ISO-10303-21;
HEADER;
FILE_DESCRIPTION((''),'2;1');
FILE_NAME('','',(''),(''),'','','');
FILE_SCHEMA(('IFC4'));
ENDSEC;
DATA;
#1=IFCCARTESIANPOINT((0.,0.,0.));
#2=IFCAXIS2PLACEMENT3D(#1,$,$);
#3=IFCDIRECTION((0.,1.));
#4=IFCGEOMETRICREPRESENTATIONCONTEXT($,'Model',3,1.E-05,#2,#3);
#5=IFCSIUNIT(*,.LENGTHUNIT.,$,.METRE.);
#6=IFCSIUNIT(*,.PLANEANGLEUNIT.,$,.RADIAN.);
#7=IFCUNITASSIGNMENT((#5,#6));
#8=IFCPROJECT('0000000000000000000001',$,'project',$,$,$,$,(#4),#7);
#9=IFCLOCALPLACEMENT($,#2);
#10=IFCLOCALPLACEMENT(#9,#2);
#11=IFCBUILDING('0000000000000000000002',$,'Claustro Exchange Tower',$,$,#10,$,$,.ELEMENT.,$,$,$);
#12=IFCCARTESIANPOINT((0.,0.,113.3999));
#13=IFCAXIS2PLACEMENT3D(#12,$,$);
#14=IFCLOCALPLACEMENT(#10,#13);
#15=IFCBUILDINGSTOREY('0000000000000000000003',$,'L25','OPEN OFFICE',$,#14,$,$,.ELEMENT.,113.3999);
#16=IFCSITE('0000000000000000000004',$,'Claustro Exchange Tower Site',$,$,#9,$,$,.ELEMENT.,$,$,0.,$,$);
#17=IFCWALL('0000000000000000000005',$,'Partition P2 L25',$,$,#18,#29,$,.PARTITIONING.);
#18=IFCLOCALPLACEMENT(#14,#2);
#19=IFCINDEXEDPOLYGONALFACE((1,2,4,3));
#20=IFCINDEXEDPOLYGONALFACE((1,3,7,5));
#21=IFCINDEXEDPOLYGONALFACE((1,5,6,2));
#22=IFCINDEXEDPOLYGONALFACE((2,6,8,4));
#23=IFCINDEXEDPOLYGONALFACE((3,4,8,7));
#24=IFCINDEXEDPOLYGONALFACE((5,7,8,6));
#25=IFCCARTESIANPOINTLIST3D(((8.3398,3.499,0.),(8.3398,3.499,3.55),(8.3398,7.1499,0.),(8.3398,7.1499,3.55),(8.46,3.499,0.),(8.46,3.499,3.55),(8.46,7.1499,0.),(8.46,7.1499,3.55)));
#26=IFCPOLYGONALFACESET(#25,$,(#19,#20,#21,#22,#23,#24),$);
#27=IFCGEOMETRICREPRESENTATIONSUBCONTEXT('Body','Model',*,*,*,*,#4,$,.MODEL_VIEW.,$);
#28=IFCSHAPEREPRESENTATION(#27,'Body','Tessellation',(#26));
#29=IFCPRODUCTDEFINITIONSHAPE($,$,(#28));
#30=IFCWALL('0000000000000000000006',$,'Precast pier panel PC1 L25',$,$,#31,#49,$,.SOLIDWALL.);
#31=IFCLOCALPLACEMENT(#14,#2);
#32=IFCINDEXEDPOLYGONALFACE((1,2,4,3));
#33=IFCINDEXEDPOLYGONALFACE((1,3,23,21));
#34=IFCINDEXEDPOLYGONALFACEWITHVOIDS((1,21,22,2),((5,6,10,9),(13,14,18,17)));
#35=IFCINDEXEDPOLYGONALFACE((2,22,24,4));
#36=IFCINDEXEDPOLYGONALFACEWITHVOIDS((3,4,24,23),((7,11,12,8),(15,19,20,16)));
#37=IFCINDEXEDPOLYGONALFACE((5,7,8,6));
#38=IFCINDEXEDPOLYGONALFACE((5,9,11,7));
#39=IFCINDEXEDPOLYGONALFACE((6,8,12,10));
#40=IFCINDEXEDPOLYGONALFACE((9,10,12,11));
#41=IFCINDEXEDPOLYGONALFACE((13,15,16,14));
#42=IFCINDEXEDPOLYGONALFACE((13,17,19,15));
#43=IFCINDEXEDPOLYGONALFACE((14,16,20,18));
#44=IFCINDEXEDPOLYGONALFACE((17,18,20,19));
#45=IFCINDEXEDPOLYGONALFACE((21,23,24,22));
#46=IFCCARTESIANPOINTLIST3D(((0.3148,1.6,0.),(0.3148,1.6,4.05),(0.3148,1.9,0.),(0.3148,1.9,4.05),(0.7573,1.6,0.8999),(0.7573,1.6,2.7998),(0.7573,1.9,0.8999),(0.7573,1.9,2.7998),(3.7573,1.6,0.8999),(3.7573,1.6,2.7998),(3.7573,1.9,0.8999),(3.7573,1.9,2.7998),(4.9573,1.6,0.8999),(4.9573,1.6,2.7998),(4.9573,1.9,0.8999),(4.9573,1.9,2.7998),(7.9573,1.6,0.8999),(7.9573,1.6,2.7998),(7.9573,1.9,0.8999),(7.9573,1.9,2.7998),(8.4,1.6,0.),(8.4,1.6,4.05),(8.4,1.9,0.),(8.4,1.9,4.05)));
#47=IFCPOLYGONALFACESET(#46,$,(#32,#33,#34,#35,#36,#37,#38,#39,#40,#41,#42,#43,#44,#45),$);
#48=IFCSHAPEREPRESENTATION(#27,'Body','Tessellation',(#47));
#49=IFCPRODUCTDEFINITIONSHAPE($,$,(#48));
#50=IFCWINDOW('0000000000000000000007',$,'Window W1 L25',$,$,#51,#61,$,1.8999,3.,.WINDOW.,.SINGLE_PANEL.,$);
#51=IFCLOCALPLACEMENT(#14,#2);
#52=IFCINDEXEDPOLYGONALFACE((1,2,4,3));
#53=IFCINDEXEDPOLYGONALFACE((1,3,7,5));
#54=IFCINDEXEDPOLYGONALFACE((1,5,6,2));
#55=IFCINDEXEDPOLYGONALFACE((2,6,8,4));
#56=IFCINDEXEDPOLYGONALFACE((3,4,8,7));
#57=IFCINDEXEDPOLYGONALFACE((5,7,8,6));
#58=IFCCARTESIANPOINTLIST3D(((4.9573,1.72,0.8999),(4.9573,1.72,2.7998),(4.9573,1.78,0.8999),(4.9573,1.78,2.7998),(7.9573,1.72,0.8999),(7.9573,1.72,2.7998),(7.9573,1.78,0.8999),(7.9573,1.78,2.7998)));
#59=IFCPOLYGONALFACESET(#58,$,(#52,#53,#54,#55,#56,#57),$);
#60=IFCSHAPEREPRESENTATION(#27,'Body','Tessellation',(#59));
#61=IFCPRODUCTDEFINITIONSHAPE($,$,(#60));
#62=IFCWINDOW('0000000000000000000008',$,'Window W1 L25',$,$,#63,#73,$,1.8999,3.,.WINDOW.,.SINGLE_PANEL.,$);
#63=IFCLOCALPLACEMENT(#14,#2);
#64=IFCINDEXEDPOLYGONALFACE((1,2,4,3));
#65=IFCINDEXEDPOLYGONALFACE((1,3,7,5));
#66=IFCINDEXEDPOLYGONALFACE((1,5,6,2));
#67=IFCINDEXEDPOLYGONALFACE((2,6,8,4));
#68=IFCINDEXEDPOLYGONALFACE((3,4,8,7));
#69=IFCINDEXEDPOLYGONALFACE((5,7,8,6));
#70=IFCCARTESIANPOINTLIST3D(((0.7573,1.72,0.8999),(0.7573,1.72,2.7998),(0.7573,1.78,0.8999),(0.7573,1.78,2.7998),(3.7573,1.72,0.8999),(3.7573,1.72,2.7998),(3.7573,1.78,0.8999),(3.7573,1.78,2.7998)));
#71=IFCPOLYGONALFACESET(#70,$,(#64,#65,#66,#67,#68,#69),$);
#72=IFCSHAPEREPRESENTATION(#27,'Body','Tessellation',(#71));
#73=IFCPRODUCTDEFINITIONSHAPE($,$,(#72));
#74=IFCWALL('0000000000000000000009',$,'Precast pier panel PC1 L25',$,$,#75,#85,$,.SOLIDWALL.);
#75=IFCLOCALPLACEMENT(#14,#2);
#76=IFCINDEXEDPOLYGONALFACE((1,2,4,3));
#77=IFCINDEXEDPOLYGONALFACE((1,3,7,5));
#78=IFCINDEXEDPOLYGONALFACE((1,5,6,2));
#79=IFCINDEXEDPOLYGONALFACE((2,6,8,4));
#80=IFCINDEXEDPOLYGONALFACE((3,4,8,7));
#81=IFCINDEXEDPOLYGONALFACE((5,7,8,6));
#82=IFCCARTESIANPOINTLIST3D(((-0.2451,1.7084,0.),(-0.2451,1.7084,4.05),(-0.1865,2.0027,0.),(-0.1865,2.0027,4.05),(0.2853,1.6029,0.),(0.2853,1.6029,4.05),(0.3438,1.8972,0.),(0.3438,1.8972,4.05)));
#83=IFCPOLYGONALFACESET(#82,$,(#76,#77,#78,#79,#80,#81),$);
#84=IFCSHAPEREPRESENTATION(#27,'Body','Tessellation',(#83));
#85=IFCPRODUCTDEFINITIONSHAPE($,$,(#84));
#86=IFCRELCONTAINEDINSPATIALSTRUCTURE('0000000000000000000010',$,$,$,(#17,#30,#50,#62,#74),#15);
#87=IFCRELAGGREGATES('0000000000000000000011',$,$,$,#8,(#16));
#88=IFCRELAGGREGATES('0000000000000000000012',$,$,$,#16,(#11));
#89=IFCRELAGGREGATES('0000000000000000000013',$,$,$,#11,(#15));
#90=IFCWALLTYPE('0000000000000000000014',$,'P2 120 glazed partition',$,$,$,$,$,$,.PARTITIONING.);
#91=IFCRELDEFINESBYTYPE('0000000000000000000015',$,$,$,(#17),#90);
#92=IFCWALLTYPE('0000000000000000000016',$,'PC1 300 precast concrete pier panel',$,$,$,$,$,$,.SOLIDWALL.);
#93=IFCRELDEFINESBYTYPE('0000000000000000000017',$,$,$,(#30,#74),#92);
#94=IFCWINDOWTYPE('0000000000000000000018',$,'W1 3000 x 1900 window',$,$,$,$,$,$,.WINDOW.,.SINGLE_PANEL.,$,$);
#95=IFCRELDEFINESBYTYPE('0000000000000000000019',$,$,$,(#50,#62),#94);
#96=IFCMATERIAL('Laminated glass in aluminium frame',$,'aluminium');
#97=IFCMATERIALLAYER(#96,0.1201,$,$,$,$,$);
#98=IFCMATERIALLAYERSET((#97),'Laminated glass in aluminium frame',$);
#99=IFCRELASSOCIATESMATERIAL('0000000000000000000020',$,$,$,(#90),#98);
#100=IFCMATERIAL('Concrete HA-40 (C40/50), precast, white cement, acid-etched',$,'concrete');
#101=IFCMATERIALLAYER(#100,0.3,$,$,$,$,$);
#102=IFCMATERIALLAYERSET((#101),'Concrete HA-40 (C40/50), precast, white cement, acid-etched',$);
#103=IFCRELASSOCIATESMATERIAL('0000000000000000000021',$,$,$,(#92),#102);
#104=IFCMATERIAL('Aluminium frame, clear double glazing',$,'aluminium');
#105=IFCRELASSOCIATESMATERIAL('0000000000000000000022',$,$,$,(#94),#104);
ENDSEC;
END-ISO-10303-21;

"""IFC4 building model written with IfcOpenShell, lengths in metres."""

from ifc_helpers import new_model, si_unit, direction, frame, frame_2d, origin, place, context, subcontext, project, spatial, rectangle, extrude, material, layer, layer_set, type_object, element, fill, save


model = new_model("IFC4")

# Units and contexts
model_context = context("Model", 3, precision=1e-05, world=origin(), true_north=direction((0.0, 1.0)))
body_context = subcontext(model_context, "Body", "Model", "MODEL_VIEW")
ifc_project = project(units=[si_unit("LENGTHUNIT", "METRE"), si_unit("PLANEANGLEUNIT", "RADIAN")], contexts=[model_context])

# Site, building, storey
site_placement = place(None, origin())
site = spatial("IfcSite", under=ifc_project, at=site_placement, Name="Claustro Exchange Tower Site", CompositionType="ELEMENT", RefElevation=0.0)
building_placement = place(site_placement, origin())
building = spatial("IfcBuilding", under=site, at=building_placement, Name="Claustro Exchange Tower", CompositionType="ELEMENT")
storey_placement = place(building_placement, frame((0.0, 0.0, 113.3999)))
storey = spatial("IfcBuildingStorey", under=building, at=storey_placement, Name="L25", Description="OPEN OFFICE", CompositionType="ELEMENT", Elevation=113.3999)

# Wall
ifc_material_1 = material(Name="Laminated glass in aluminium frame", Category="aluminium")
ifc_layer_1 = layer(ifc_material_1, 0.1201)
ifc_layer_set_1 = layer_set([ifc_layer_1], Name="Laminated glass in aluminium frame")
wall_type_1 = type_object("IfcWallType", Name="P2 120 glazed partition", PredefinedType="PARTITIONING", material=ifc_layer_set_1)
wall_1_placement = place(storey_placement, frame((8.3999, 3.499, 0.0), z_axis=(0.0, 0.0, 1.0), x_axis=(0.0, 1.0, 0.0)))
element("IfcWall", 1, at=wall_1_placement, inside=storey, type_object=wall_type_1, Name="Partition P2 L25", PredefinedType="PARTITIONING", context=body_context, shape_type="SweptSolid", body=[
    extrude(rectangle(XDim=3.6509, YDim=0.1201, at=frame_2d((1.8254, 0.0))), origin(), (0.0, 0.0, 1.0), 3.55),
])

# Wall, openings, windows
ifc_material_2 = material(Name="Concrete HA-40 (C40/50), precast, white cement, acid-etched", Category="concrete")
ifc_layer_2 = layer(ifc_material_2, 0.3)
ifc_layer_set_2 = layer_set([ifc_layer_2], Name="Concrete HA-40 (C40/50), precast, white cement, acid-etched")
wall_type_2 = type_object("IfcWallType", Name="PC1 300 precast concrete pier panel", PredefinedType="SOLIDWALL", material=ifc_layer_set_2)
wall_2_placement = place(storey_placement, frame((8.3999, 1.75, 0.0), z_axis=(0.0, 0.0, 1.0), x_axis=(-1.0, 0.0, 0.0)))
wall_2 = element("IfcWall", 2, at=wall_2_placement, inside=storey, type_object=wall_type_2, Name="Precast pier panel PC1 L25", PredefinedType="SOLIDWALL", context=body_context, shape_type="SweptSolid", body=[
    extrude(rectangle(XDim=8.0852, YDim=0.3, at=frame_2d((4.0425, 0.0))), origin(), (0.0, 0.0, 1.0), 4.05),
])
opening_1_placement = place(wall_2_placement, frame((0.4426, 0.0, 0.8999)))
opening_1 = element("IfcOpeningElement", 3, at=opening_1_placement, cuts=wall_2, PredefinedType="OPENING", context=body_context, shape_type="SweptSolid", body=[
    extrude(rectangle(XDim=3.0, YDim=1.8999, at=frame_2d((1.5, 0.95))), frame((0.0, 0.1599, 0.0), z_axis=(0.0, -1.0, 0.0), x_axis=(1.0, 0.0, 0.0)), (0.0, 0.0, 1.0), 0.3201),
])
opening_2_placement = place(wall_2_placement, frame((4.6426, 0.0, 0.8999)))
opening_2 = element("IfcOpeningElement", 4, at=opening_2_placement, cuts=wall_2, PredefinedType="OPENING", context=body_context, shape_type="SweptSolid", body=[
    extrude(rectangle(XDim=3.0, YDim=1.8999, at=frame_2d((1.5, 0.95))), frame((0.0, 0.1599, 0.0), z_axis=(0.0, -1.0, 0.0), x_axis=(1.0, 0.0, 0.0)), (0.0, 0.0, 1.0), 0.3201),
])
ifc_material_3 = material(Name="Aluminium frame, clear double glazing", Category="aluminium")
window_type = type_object("IfcWindowType", Name="W1 3000 x 1900 window", PartitioningType="SINGLE_PANEL", PredefinedType="WINDOW", material=ifc_material_3)
window_1_placement = place(opening_1_placement, origin())
window_1 = element("IfcWindow", 5, at=window_1_placement, inside=storey, type_object=window_type, Name="Window W1 L25", OverallHeight=1.8999, OverallWidth=3.0, PartitioningType="SINGLE_PANEL", PredefinedType="WINDOW", context=body_context, shape_type="SweptSolid", body=[
    extrude(rectangle(XDim=3.0, YDim=1.8999, at=frame_2d((1.5, 0.95))), frame((0.0, 0.03, 0.0), z_axis=(0.0, -1.0, 0.0), x_axis=(1.0, 0.0, 0.0)), (0.0, 0.0, 1.0), 0.0601),
])
fill(opening_1, window_1)
window_2_placement = place(opening_2_placement, origin())
window_2 = element("IfcWindow", 6, at=window_2_placement, inside=storey, type_object=window_type, Name="Window W1 L25", OverallHeight=1.8999, OverallWidth=3.0, PartitioningType="SINGLE_PANEL", PredefinedType="WINDOW", context=body_context, shape_type="SweptSolid", body=[
    extrude(rectangle(XDim=3.0, YDim=1.8999, at=frame_2d((1.5, 0.95))), frame((0.0, 0.03, 0.0), z_axis=(0.0, -1.0, 0.0), x_axis=(1.0, 0.0, 0.0)), (0.0, 0.0, 1.0), 0.0601),
])
fill(opening_2, window_2)

# Wall
wall_3_placement = place(storey_placement, frame((0.3147, 1.75, 0.0), z_axis=(0.0, 0.0, 1.0), x_axis=(-0.980789, 0.195074, 0.0)))
element("IfcWall", 7, at=wall_3_placement, inside=storey, type_object=wall_type_2, Name="Precast pier panel PC1 L25", PredefinedType="SOLIDWALL", context=body_context, shape_type="SweptSolid", body=[
    extrude(rectangle(XDim=0.5408, YDim=0.3, at=frame_2d((0.2705, 0.0))), origin(), (0.0, 0.0, 1.0), 4.05),
])

save(model, "model.ifc")
